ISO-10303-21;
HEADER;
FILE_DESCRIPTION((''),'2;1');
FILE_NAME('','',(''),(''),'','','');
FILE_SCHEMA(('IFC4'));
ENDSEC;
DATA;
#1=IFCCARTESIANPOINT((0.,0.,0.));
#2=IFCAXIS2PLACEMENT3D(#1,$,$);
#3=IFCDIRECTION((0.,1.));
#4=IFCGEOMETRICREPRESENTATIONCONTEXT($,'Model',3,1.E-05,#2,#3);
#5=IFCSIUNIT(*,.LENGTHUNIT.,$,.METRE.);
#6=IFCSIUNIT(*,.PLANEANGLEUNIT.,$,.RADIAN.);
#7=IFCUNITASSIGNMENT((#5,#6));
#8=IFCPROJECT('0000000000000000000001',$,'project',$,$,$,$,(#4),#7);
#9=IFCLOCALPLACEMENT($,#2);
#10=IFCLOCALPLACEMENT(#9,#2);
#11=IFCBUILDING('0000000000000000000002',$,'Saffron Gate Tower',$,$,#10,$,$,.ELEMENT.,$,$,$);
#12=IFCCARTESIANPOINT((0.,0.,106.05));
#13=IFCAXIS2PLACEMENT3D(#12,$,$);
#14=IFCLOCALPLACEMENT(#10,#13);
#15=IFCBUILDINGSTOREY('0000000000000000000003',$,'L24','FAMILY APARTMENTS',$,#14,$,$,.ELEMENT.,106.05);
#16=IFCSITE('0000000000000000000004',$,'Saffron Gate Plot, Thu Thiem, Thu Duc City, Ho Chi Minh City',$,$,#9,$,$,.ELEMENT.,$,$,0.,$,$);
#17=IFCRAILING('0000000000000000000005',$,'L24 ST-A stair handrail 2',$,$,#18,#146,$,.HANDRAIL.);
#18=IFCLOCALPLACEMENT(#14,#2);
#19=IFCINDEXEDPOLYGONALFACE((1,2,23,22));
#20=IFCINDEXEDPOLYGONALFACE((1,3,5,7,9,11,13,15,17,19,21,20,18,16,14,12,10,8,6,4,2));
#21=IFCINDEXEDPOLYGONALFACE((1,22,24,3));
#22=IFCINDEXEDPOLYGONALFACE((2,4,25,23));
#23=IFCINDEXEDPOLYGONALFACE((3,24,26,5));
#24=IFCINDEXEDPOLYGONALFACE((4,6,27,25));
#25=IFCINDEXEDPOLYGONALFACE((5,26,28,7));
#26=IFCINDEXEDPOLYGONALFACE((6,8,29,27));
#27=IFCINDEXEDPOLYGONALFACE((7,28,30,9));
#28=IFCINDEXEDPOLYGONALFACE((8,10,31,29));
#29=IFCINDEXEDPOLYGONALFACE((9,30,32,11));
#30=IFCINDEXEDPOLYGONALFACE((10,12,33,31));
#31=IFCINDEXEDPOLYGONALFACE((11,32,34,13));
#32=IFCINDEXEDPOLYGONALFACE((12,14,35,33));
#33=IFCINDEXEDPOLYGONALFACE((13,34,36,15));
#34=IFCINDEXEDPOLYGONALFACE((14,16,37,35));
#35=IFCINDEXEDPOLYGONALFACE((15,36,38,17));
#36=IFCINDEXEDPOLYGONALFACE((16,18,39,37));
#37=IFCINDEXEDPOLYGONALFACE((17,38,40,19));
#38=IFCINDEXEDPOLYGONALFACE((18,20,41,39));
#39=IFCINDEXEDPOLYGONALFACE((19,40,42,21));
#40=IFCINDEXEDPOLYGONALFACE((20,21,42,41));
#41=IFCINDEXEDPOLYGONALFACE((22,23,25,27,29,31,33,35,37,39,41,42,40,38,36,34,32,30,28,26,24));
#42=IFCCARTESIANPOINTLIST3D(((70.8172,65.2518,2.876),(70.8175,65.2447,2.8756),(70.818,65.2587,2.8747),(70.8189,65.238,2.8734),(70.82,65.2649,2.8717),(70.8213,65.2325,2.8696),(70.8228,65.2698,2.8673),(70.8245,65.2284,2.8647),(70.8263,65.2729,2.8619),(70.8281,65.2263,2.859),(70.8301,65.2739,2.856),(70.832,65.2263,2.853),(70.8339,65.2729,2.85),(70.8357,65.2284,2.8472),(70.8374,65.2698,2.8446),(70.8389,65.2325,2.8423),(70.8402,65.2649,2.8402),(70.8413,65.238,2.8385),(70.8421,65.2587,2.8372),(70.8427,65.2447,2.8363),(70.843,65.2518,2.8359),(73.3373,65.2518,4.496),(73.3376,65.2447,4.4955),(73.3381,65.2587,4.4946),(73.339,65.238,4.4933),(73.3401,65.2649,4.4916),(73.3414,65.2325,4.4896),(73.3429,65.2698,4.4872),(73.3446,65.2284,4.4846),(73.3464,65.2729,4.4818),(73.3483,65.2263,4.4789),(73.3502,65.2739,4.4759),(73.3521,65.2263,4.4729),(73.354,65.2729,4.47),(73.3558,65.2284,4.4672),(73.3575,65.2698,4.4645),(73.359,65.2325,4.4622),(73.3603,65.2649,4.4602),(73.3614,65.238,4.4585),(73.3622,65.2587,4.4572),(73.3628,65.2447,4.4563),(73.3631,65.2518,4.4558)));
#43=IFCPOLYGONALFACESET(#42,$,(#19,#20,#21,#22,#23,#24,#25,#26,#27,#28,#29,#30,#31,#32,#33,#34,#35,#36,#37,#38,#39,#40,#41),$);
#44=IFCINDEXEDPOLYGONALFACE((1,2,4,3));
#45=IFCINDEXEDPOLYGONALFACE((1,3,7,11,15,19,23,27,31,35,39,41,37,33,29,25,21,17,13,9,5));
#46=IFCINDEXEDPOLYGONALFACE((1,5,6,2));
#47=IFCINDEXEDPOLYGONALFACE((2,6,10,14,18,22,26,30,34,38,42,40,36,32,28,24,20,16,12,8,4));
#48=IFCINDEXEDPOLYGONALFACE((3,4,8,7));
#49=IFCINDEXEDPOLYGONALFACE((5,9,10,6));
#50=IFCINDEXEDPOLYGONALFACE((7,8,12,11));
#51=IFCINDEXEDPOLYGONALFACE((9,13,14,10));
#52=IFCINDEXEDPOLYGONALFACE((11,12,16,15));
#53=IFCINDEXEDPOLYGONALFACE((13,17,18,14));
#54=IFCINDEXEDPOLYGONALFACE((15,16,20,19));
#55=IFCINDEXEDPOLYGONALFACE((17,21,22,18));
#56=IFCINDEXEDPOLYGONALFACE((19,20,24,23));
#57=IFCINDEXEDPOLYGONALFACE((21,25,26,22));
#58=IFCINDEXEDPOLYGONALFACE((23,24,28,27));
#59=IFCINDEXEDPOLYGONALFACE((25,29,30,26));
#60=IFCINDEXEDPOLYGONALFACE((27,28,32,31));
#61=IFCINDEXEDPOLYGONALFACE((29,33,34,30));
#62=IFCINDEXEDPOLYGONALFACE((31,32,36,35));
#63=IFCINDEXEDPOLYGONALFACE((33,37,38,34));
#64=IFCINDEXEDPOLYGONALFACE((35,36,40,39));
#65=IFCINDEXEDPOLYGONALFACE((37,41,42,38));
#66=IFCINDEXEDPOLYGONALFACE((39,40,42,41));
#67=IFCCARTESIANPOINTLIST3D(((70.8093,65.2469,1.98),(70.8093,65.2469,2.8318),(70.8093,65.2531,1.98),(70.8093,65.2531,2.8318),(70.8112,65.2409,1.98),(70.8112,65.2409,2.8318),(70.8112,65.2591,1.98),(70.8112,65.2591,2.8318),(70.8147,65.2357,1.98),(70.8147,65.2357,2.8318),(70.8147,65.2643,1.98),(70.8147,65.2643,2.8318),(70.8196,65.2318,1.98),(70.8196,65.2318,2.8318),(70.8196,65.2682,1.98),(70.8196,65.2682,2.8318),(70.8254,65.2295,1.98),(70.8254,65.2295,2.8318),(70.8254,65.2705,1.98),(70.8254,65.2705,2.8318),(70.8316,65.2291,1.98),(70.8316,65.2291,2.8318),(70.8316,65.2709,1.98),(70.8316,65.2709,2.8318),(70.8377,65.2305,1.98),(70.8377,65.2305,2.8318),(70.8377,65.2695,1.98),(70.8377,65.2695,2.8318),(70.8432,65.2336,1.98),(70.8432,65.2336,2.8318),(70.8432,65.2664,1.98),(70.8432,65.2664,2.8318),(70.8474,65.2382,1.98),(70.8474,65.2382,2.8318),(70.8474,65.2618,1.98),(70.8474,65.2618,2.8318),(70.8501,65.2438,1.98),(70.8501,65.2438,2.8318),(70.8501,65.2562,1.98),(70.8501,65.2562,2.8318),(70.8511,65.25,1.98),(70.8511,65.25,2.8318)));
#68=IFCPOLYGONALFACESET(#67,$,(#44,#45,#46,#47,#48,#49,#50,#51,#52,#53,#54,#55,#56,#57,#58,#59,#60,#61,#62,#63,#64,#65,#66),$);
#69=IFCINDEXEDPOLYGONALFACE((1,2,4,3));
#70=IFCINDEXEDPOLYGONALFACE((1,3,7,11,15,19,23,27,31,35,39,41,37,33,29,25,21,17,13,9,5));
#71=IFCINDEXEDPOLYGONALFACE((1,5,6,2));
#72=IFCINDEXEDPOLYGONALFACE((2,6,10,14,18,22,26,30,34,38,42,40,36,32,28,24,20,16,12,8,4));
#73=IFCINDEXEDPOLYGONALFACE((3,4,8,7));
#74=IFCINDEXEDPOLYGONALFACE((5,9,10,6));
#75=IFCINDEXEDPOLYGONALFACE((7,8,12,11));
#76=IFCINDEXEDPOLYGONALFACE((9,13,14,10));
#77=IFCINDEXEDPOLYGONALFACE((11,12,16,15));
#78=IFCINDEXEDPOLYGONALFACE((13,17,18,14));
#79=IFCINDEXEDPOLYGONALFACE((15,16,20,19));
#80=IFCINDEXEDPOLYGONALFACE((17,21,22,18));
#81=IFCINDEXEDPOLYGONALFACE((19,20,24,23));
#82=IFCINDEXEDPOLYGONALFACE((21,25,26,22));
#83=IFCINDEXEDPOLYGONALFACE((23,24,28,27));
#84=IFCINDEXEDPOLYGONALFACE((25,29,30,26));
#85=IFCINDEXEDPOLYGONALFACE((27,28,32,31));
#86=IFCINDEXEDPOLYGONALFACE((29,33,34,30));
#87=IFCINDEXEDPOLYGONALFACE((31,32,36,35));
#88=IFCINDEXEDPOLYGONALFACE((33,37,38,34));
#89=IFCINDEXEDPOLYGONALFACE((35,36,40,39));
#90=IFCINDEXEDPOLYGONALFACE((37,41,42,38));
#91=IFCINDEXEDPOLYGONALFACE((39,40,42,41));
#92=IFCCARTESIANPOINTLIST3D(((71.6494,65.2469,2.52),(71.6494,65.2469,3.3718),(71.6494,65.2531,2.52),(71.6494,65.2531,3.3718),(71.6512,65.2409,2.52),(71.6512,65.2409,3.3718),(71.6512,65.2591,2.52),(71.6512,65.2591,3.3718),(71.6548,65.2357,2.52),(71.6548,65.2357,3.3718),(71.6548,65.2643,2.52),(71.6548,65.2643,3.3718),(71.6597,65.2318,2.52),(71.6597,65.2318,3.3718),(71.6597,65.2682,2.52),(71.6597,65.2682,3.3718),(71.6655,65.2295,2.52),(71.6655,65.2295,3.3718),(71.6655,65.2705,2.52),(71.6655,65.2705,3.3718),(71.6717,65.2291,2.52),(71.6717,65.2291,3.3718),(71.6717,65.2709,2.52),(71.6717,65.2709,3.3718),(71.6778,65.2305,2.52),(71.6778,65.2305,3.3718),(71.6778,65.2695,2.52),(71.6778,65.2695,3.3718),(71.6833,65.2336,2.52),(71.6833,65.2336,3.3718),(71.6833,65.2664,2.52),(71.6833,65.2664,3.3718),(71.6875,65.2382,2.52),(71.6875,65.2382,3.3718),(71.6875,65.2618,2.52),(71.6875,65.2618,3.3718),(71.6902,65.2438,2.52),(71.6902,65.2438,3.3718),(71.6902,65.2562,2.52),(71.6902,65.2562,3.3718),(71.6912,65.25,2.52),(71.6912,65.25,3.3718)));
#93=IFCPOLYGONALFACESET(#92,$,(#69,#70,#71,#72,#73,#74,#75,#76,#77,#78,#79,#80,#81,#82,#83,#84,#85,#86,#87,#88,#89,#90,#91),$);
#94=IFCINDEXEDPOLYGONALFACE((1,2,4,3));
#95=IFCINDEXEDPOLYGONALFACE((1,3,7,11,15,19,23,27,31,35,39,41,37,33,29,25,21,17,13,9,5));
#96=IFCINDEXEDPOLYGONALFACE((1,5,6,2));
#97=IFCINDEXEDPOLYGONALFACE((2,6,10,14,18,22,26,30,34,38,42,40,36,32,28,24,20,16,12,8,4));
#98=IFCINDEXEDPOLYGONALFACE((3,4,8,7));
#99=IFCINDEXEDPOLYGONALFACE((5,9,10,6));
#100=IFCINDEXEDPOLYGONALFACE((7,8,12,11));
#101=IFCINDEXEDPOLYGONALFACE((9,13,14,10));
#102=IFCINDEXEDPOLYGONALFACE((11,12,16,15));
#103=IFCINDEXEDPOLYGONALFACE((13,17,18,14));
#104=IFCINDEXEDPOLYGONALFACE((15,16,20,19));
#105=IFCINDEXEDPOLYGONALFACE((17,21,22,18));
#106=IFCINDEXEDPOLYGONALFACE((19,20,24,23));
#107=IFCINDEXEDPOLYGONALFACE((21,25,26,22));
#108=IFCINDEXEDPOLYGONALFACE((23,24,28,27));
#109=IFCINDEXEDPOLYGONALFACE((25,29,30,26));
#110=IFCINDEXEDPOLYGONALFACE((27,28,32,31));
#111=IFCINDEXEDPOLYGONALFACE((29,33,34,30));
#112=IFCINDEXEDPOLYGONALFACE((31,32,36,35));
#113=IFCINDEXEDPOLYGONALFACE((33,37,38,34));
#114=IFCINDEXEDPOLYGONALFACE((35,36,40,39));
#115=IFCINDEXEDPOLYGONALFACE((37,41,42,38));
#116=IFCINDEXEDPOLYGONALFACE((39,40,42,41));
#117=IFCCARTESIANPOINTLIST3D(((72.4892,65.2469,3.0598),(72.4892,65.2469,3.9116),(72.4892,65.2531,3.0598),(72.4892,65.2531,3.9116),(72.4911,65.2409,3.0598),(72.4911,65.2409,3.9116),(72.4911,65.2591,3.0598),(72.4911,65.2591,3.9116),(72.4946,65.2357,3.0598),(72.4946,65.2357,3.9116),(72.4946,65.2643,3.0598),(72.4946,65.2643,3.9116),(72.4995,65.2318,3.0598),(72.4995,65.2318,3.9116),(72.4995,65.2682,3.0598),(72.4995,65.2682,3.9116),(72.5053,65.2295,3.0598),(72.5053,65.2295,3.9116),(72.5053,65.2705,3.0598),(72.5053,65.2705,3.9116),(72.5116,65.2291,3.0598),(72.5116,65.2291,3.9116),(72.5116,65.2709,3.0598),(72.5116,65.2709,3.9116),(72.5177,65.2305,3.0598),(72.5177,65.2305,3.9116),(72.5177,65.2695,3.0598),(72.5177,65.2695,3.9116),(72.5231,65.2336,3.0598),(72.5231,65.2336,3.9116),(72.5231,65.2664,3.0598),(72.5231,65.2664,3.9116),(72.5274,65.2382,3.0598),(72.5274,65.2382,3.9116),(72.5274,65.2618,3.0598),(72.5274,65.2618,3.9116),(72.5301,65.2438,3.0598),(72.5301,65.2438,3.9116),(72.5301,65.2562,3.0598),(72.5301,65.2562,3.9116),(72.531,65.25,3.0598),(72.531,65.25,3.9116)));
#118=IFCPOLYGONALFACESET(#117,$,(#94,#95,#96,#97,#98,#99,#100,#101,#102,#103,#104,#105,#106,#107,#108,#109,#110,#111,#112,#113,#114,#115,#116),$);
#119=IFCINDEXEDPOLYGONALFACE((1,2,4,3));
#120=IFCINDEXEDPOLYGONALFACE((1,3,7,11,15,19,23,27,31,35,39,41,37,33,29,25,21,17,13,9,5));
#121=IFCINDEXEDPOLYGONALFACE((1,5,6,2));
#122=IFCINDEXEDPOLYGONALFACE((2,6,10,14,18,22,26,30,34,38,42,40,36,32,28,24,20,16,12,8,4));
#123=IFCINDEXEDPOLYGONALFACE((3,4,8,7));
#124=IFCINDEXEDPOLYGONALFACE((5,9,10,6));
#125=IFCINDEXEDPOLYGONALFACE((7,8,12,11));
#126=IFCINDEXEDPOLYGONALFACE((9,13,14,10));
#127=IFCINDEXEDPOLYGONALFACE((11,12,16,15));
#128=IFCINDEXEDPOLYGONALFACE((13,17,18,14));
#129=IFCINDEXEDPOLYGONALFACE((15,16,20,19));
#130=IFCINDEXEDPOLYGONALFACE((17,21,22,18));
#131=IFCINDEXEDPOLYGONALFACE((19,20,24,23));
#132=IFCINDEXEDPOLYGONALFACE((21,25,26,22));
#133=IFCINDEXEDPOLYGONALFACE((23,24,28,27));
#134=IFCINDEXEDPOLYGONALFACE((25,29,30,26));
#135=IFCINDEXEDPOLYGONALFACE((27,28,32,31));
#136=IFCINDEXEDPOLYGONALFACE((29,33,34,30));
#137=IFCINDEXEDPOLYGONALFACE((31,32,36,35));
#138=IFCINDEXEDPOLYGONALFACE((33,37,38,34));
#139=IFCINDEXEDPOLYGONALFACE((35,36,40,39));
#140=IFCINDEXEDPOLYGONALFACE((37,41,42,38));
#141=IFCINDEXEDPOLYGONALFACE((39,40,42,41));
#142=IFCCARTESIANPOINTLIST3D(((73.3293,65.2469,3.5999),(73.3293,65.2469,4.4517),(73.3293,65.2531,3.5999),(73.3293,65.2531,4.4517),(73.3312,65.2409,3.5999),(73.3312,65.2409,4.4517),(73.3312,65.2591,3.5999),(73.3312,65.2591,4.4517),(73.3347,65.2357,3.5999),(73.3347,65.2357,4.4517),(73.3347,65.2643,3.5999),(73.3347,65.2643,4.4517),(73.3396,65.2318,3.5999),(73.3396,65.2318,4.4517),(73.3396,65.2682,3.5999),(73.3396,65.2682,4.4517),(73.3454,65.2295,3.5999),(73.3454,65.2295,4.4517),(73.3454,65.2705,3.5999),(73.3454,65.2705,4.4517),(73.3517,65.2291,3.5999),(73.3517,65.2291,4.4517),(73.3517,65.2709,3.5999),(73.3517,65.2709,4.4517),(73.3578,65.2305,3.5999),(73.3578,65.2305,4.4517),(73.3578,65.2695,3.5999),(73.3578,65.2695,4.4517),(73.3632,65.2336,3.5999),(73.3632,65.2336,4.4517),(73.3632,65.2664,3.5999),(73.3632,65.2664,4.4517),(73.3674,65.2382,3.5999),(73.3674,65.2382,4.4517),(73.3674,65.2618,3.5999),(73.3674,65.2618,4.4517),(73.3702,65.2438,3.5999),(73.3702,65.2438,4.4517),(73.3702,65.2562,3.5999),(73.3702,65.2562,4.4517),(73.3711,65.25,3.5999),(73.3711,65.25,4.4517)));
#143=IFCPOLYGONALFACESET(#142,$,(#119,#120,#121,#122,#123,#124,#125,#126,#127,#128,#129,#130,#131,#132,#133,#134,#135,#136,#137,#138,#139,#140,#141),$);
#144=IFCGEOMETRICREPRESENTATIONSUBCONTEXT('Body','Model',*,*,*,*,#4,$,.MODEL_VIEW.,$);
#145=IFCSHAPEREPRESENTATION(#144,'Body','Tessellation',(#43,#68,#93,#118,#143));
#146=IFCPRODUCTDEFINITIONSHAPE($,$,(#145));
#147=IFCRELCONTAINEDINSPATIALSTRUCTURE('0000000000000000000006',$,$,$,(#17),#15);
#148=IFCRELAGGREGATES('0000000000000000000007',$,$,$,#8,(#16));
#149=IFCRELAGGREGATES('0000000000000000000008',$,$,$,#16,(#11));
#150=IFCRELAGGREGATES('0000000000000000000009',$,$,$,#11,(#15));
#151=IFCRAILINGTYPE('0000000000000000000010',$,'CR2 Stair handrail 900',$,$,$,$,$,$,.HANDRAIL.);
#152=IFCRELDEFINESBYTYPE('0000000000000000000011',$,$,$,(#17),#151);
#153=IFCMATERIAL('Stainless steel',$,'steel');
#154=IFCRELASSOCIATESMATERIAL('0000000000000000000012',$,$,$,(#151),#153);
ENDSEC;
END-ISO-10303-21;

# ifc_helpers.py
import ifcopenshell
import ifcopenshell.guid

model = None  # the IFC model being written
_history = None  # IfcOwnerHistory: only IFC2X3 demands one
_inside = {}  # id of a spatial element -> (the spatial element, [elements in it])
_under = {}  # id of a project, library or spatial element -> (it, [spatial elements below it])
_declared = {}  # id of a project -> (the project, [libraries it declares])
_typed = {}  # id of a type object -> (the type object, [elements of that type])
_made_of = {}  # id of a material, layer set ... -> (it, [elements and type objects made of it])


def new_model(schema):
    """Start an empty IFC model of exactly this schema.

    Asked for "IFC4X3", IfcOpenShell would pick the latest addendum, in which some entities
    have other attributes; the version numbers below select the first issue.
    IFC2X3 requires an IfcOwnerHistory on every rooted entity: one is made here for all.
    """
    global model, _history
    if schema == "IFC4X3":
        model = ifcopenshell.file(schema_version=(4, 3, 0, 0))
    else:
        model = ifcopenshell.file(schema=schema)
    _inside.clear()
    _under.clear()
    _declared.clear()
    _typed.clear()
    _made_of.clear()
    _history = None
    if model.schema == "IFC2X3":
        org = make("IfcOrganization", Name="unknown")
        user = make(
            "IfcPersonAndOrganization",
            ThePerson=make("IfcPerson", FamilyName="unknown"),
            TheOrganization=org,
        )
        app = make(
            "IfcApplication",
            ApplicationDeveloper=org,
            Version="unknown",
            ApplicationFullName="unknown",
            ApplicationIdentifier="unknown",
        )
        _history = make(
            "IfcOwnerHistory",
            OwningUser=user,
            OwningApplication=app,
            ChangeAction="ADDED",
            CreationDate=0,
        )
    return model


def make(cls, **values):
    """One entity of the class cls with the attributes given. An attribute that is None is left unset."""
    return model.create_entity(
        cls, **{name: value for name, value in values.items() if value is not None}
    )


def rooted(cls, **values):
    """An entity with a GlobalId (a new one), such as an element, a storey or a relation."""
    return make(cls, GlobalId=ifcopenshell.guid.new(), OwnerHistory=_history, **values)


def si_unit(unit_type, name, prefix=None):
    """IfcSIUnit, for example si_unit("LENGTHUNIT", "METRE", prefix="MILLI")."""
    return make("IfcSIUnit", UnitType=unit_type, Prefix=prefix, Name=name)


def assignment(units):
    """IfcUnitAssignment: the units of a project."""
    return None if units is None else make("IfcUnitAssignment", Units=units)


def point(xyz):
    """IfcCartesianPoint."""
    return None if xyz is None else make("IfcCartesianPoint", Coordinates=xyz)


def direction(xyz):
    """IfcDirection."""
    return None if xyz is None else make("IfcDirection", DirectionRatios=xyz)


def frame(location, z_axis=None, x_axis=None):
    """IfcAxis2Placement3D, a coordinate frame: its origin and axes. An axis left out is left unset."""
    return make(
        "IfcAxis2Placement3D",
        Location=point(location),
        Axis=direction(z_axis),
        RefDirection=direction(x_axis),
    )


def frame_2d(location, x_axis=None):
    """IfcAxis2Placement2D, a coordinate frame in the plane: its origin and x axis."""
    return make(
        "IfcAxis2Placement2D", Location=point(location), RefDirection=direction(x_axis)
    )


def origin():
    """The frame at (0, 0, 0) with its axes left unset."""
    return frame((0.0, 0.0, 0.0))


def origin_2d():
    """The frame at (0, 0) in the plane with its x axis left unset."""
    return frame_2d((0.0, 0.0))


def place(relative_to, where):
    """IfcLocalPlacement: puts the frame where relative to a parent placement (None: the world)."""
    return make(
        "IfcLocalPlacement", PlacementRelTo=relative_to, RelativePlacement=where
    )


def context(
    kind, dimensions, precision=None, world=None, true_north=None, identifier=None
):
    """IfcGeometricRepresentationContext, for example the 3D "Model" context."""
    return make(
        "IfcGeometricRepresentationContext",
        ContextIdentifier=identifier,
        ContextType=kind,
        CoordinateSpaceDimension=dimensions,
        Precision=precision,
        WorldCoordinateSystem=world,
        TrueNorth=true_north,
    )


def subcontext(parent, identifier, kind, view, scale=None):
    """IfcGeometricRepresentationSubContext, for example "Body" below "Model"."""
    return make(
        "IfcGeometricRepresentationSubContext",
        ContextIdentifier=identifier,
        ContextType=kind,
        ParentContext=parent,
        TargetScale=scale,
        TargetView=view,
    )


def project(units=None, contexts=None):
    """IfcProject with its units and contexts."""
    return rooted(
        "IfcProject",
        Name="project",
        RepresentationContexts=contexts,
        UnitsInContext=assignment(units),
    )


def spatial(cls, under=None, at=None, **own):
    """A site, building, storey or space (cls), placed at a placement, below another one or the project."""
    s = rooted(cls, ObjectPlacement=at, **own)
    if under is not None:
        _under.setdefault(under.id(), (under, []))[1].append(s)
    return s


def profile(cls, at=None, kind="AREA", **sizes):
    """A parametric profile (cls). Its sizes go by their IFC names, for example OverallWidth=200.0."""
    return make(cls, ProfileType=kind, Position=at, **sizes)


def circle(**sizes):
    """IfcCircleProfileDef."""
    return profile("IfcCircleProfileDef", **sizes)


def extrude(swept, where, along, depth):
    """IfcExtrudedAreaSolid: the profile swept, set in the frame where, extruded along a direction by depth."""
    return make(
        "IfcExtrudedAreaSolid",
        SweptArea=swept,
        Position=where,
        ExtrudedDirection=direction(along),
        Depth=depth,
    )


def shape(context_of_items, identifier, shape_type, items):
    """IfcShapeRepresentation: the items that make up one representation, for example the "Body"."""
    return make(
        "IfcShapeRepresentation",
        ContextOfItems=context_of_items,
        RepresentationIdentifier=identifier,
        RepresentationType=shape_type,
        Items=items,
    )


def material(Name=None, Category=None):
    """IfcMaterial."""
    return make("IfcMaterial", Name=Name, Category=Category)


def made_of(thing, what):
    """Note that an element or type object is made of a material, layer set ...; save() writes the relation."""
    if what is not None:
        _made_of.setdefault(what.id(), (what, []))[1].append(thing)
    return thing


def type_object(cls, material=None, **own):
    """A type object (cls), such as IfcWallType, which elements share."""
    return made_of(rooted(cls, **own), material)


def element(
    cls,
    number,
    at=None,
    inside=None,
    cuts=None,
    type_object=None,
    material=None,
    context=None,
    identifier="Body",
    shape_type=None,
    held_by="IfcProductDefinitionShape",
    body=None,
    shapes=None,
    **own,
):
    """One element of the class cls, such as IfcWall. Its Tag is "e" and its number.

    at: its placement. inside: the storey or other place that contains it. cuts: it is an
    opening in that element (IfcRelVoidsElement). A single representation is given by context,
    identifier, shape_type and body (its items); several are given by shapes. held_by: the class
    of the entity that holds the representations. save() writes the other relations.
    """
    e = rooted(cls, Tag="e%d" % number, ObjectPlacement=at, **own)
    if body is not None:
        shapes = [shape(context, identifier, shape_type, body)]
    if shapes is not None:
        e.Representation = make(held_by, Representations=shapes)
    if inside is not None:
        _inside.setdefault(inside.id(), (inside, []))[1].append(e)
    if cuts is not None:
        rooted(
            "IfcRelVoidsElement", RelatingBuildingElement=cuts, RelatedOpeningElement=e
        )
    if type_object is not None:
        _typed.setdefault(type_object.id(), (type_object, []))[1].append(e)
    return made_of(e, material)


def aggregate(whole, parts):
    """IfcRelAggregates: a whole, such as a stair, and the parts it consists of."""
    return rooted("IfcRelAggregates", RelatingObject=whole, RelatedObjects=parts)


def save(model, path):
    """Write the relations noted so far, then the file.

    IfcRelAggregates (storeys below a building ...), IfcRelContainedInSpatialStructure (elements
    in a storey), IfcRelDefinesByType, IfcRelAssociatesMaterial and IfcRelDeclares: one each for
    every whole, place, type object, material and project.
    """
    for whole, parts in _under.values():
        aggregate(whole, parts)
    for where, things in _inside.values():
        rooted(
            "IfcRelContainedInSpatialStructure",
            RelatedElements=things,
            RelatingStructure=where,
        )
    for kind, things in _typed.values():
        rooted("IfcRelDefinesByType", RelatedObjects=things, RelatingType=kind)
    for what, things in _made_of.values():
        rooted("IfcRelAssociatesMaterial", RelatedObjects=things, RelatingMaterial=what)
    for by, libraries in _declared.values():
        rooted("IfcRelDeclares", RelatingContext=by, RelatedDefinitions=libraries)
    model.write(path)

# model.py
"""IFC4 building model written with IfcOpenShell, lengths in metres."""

from ifc_helpers import new_model, si_unit, direction, frame, origin, origin_2d, place, context, subcontext, project, spatial, circle, extrude, material, type_object, element, save


model = new_model("IFC4")

# Units and contexts
model_context = context("Model", 3, precision=1e-05, world=origin(), true_north=direction((0.0, 1.0)))
body_context = subcontext(model_context, "Body", "Model", "MODEL_VIEW")
ifc_project = project(units=[si_unit("LENGTHUNIT", "METRE"), si_unit("PLANEANGLEUNIT", "RADIAN")], contexts=[model_context])

# Site, building, storey
site_placement = place(None, origin())
site = spatial("IfcSite", under=ifc_project, at=site_placement, Name="Saffron Gate Plot, Thu Thiem, Thu Duc City, Ho Chi Minh City", CompositionType="ELEMENT", RefElevation=0.0)
building_placement = place(site_placement, origin())
building = spatial("IfcBuilding", under=site, at=building_placement, Name="Saffron Gate Tower", CompositionType="ELEMENT")
storey_placement = place(building_placement, frame((0.0, 0.0, 106.05)))
storey = spatial("IfcBuildingStorey", under=building, at=storey_placement, Name="L24", Description="FAMILY APARTMENTS", CompositionType="ELEMENT", Elevation=106.05)

# Railing
ifc_material_1 = material(Name="Stainless steel", Category="steel")
railing_type_1 = type_object("IfcRailingType", Name="CR2 Stair handrail 900", PredefinedType="HANDRAIL", material=ifc_material_1)
railing_1_placement = place(storey_placement, frame((70.8301, 65.25, 1.98)))
element("IfcRailing", 1, at=railing_1_placement, inside=storey, type_object=railing_type_1, Name="L24 ST-A stair handrail 2", PredefinedType="HANDRAIL", context=body_context, shape_type="SweptSolid", body=[
    extrude(circle(Radius=0.0239, at=origin_2d()), frame((0.0, 0.0, 0.876), z_axis=(0.8412, 0.0, 0.540725), x_axis=(0.0, 1.0, 0.0)), (0.0, 0.0, 1.0), 2.9958),
    extrude(circle(Radius=0.021, at=origin_2d()), origin(), (0.0, 0.0, 1.0), 0.8518),
    extrude(circle(Radius=0.021, at=origin_2d()), frame((0.8401, 0.0, 0.54)), (0.0, 0.0, 1.0), 0.8518),
    extrude(circle(Radius=0.021, at=origin_2d()), frame((1.6799, 0.0, 1.0798)), (0.0, 0.0, 1.0), 0.8518),
    extrude(circle(Radius=0.021, at=origin_2d()), frame((2.52, 0.0, 1.6199)), (0.0, 0.0, 1.0), 0.8518),
])

save(model, "model.ifc")
